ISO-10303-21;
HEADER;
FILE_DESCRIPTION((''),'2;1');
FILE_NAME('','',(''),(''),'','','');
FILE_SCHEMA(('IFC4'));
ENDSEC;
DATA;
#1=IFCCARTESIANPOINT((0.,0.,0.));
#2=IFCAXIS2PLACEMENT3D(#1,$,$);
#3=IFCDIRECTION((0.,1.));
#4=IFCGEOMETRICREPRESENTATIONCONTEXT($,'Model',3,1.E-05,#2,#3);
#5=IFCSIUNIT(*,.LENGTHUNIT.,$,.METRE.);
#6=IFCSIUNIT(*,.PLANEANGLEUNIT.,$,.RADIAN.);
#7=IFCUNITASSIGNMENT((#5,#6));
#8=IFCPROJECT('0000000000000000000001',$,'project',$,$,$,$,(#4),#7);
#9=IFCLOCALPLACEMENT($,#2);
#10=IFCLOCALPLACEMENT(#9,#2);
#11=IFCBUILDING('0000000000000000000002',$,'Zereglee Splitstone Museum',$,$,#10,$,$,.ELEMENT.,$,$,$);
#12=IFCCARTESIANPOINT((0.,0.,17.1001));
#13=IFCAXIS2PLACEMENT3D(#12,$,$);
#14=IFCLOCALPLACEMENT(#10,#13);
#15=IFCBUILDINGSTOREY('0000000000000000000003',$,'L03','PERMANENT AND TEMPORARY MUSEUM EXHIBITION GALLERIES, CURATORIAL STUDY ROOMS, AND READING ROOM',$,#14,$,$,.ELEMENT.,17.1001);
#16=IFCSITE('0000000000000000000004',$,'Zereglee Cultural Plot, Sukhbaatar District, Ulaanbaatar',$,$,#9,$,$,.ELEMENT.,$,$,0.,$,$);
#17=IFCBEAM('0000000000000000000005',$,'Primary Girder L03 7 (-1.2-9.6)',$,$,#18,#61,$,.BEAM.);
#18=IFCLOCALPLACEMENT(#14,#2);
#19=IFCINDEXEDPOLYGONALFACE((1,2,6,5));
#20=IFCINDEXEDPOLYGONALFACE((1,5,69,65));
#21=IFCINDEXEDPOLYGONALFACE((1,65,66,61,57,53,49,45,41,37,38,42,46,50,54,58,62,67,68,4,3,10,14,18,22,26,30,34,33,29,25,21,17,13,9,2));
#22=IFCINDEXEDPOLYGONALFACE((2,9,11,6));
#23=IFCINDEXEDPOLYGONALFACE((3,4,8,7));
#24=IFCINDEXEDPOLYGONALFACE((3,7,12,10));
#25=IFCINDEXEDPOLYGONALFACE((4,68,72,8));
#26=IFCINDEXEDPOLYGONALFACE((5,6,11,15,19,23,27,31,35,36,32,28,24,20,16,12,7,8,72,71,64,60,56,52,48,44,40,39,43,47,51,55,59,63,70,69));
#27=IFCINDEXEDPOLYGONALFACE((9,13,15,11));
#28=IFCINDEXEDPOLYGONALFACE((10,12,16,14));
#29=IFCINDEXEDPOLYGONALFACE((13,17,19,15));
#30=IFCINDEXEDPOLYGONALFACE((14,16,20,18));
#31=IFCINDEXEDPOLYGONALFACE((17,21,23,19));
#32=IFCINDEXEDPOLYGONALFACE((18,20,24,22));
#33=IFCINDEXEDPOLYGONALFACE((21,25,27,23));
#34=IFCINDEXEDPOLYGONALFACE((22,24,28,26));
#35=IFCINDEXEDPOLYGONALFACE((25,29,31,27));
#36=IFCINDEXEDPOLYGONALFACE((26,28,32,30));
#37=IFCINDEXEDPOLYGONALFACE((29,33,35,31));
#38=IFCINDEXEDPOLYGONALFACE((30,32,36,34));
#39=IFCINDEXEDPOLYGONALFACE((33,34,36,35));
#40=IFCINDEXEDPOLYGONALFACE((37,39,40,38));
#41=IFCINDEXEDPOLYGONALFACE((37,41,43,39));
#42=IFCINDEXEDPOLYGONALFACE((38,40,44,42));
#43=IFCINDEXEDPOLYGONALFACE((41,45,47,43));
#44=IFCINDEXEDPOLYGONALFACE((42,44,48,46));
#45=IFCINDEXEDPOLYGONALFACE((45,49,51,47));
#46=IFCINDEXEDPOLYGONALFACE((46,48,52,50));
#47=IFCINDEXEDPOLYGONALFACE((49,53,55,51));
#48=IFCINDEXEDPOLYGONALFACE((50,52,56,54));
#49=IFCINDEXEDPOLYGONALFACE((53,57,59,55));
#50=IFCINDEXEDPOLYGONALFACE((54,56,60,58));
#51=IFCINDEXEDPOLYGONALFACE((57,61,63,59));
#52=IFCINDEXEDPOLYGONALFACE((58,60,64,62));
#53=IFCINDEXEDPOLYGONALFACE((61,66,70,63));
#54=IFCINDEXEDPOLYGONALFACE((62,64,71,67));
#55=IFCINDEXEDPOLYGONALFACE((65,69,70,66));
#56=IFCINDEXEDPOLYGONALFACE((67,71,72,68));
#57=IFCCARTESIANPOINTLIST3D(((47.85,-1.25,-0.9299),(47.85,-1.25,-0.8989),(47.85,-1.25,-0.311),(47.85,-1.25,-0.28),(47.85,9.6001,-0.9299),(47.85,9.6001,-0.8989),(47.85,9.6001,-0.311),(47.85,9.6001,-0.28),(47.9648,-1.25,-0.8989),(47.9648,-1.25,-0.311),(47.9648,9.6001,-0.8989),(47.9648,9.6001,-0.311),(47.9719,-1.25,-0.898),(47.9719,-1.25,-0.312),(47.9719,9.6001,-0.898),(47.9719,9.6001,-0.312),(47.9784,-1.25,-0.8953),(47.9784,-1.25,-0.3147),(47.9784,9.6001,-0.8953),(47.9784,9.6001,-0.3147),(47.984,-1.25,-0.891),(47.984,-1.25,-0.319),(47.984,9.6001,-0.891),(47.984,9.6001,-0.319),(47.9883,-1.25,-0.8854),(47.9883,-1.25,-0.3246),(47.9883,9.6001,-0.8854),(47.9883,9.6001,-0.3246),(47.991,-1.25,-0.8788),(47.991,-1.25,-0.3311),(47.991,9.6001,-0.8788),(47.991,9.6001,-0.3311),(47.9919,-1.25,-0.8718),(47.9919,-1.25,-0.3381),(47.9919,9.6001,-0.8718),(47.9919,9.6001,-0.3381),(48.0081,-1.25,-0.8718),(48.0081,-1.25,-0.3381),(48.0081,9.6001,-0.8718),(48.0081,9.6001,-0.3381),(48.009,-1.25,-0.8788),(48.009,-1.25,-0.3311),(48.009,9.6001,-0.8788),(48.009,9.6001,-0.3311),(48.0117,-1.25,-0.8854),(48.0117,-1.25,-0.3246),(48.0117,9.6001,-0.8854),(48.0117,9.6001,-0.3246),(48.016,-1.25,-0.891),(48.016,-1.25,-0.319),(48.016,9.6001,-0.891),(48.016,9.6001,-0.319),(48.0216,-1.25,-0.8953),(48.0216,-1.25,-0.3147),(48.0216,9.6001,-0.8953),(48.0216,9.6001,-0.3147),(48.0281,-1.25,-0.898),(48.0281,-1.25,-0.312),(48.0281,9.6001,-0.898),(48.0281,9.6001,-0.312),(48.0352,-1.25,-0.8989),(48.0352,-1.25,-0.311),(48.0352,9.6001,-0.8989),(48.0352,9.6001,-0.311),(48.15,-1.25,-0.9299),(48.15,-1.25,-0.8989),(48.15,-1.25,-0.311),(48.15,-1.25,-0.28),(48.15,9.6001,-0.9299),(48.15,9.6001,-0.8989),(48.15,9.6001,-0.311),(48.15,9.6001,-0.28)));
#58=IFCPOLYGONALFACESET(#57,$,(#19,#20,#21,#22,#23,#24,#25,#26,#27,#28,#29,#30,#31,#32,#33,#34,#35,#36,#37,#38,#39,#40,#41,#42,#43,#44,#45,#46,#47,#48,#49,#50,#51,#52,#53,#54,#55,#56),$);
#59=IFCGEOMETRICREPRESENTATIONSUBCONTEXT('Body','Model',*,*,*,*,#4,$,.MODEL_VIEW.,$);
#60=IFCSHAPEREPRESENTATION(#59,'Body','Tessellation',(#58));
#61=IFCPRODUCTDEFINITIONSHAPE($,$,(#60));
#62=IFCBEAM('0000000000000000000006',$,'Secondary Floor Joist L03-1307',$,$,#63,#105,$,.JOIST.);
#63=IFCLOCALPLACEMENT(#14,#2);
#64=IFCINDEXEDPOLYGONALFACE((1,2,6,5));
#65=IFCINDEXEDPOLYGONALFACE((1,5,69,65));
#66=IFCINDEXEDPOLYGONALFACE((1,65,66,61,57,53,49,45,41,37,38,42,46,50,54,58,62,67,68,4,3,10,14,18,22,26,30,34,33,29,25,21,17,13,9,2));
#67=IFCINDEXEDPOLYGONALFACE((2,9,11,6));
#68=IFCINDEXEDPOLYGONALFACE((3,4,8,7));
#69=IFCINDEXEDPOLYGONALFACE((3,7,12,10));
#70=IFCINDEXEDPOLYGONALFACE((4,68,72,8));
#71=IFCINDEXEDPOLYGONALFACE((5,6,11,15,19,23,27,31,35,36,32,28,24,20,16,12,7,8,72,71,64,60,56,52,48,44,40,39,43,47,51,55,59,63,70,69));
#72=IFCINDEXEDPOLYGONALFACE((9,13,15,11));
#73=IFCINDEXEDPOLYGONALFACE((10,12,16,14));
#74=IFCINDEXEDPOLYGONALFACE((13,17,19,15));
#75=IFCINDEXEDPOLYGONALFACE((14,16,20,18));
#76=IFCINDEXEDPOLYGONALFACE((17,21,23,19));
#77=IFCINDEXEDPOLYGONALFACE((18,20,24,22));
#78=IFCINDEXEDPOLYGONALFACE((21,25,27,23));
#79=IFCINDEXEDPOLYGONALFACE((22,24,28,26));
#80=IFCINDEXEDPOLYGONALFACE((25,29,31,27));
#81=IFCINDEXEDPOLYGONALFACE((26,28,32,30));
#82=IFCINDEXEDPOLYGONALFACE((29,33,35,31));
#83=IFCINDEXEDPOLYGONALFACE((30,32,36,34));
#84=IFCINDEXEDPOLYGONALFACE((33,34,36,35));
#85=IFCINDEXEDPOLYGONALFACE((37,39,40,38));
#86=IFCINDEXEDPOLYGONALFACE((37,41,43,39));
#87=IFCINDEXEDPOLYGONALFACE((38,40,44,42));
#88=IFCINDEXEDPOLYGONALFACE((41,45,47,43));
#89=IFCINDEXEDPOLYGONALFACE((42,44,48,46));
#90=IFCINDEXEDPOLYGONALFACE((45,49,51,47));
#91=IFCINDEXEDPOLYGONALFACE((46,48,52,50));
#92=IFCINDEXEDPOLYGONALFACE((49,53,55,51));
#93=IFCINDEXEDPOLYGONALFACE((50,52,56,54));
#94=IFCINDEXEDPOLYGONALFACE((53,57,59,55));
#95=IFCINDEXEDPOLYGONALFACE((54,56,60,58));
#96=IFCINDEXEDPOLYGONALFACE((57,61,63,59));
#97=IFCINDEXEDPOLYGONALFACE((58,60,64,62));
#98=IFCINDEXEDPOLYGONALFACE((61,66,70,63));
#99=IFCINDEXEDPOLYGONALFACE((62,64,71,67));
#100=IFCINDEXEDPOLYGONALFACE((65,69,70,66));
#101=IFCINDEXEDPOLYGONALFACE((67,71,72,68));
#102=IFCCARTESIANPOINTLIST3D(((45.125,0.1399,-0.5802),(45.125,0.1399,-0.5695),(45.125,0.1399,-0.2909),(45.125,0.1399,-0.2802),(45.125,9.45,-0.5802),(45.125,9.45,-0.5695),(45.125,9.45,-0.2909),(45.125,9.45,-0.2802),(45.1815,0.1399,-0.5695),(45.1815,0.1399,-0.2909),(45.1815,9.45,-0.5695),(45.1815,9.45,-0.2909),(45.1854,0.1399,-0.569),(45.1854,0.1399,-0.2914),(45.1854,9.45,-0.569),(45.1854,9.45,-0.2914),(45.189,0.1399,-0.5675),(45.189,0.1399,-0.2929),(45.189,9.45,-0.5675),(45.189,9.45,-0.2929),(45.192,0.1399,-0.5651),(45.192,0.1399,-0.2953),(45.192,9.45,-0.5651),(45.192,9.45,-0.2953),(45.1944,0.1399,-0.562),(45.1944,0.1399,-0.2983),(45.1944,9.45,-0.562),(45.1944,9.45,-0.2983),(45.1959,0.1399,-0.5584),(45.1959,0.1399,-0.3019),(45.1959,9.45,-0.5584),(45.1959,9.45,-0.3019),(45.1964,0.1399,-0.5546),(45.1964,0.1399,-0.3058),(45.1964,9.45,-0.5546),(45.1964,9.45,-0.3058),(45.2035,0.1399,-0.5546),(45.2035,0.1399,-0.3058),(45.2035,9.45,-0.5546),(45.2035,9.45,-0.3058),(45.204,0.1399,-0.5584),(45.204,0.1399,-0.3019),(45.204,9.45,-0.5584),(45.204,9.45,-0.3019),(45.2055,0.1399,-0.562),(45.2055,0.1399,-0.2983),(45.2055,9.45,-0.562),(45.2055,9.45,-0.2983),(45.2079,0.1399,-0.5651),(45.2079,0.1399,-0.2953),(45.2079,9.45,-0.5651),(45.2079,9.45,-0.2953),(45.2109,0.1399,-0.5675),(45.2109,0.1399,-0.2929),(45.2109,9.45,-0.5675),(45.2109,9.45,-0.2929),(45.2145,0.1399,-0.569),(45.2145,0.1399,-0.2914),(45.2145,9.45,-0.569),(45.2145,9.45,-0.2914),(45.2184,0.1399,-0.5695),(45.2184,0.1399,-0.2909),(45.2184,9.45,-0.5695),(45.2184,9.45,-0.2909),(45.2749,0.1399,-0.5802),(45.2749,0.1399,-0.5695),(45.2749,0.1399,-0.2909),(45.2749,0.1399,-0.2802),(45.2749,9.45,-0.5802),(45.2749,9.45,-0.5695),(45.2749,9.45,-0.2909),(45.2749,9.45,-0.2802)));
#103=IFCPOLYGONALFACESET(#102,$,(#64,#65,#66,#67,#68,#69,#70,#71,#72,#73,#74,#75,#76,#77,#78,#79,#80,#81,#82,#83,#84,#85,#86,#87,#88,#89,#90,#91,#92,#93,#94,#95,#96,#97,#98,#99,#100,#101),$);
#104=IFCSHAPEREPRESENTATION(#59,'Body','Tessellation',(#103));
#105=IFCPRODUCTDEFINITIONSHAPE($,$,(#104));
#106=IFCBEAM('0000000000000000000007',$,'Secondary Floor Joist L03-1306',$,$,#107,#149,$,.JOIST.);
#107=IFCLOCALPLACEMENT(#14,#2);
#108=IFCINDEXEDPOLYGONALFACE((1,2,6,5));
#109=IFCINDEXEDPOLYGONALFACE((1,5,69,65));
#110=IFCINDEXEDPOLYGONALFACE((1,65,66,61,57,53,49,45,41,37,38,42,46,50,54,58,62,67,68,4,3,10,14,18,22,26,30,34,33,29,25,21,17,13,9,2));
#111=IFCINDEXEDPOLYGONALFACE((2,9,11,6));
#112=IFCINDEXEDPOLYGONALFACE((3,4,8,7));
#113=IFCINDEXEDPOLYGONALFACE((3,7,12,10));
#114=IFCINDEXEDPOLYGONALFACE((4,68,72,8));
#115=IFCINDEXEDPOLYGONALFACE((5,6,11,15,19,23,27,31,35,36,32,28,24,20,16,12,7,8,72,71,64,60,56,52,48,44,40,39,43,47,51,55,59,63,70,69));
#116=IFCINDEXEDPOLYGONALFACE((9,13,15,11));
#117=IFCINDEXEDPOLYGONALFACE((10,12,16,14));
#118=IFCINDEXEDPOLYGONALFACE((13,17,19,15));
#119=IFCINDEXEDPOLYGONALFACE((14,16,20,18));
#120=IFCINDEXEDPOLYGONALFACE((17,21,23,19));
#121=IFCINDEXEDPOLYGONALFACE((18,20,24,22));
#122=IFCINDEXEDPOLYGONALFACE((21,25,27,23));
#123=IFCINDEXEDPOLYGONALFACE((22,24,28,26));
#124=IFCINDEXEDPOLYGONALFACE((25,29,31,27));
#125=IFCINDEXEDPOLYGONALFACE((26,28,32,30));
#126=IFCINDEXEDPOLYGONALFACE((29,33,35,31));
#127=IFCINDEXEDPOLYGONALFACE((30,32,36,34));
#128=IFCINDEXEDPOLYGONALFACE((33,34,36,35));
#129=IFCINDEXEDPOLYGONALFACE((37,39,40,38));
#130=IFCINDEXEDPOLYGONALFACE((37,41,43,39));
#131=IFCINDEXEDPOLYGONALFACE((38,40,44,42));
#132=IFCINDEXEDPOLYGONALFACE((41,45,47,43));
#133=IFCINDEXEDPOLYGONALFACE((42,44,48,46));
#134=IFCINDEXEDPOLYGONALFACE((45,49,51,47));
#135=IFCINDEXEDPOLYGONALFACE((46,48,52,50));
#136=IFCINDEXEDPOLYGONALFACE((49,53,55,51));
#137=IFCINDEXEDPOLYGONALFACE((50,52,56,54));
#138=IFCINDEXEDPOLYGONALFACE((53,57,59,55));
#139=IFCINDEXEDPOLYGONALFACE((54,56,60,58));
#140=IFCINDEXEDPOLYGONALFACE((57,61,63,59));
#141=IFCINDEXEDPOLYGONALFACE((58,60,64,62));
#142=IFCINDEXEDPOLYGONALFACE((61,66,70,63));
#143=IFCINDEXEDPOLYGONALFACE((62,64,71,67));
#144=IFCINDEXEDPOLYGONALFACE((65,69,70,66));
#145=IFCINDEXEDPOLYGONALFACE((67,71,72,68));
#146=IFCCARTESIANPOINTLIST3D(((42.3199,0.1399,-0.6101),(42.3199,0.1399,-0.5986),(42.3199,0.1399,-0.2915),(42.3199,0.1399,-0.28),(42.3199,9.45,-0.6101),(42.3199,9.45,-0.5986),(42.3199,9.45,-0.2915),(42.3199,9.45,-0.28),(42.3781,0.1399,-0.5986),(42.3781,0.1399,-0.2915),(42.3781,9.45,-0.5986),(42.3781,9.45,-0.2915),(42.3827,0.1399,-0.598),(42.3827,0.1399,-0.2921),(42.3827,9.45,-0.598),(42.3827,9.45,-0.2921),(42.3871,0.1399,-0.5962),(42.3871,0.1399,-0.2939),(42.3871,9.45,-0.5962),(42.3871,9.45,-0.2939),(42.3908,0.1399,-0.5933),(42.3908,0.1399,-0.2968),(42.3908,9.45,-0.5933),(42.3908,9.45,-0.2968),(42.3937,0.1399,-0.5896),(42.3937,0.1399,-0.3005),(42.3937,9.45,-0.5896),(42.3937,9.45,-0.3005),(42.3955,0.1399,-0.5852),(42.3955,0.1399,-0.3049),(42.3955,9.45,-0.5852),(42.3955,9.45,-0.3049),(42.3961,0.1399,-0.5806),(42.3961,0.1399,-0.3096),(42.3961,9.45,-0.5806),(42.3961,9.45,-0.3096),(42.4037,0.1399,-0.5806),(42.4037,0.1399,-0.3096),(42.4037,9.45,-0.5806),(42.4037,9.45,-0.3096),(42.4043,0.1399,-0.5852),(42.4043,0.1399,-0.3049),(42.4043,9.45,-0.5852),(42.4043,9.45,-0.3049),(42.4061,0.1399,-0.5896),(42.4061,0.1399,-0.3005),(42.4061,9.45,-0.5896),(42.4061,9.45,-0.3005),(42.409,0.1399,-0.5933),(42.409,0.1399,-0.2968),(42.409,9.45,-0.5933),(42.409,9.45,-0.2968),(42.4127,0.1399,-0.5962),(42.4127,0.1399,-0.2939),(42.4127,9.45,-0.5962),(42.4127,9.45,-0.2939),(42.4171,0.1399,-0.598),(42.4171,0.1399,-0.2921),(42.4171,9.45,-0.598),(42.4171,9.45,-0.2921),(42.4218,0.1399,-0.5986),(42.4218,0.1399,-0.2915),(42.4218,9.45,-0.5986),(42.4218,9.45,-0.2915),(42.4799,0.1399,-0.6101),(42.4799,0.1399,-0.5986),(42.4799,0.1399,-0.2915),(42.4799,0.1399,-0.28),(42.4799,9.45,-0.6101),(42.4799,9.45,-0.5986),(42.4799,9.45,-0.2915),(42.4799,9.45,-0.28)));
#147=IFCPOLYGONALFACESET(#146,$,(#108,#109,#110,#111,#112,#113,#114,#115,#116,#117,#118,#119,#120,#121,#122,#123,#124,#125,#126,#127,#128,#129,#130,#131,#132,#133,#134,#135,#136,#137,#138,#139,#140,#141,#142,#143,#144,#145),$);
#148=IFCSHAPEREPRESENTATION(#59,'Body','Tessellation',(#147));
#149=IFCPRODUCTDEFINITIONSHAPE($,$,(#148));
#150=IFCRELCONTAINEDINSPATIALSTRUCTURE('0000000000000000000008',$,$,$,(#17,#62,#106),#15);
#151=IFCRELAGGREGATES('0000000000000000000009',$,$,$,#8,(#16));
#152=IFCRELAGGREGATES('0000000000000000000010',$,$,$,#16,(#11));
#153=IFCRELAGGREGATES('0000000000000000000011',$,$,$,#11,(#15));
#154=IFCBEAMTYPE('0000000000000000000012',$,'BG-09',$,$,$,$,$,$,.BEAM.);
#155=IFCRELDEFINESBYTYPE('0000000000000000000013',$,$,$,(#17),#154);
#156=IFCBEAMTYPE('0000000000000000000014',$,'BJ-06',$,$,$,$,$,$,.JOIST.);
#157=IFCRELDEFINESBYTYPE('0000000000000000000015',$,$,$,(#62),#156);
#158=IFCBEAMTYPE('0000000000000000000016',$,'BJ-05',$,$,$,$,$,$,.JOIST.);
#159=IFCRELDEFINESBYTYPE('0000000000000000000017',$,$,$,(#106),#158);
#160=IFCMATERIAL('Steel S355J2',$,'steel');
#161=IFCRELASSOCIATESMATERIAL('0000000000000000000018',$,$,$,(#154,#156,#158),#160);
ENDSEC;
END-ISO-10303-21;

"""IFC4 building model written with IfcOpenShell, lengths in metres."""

from ifc_helpers import new_model, si_unit, direction, frame, origin, origin_2d, place, context, subcontext, project, spatial, i_section, extrude, material, material_profile, profile_set, type_object, element, save


model = new_model("IFC4")

# Units and contexts
model_context = context("Model", 3, precision=1e-05, world=origin(), true_north=direction((0.0, 1.0)))
body_context = subcontext(model_context, "Body", "Model", "MODEL_VIEW")
ifc_project = project(units=[si_unit("LENGTHUNIT", "METRE"), si_unit("PLANEANGLEUNIT", "RADIAN")], contexts=[model_context])

# Site, building, storey
site_placement = place(None, origin())
site = spatial("IfcSite", under=ifc_project, at=site_placement, Name="Zereglee Cultural Plot, Sukhbaatar District, Ulaanbaatar", CompositionType="ELEMENT", RefElevation=0.0)
building_placement = place(site_placement, origin())
building = spatial("IfcBuilding", under=site, at=building_placement, Name="Zereglee Splitstone Museum", CompositionType="ELEMENT")
storey_placement = place(building_placement, frame((0.0, 0.0, 17.1001)))
storey = spatial("IfcBuildingStorey", under=building, at=storey_placement, Name="L03", Description="PERMANENT AND TEMPORARY MUSEUM EXHIBITION GALLERIES, CURATORIAL STUDY ROOMS, AND READING ROOM", CompositionType="ELEMENT", Elevation=17.1001)

# Shared definitions
ifc_material_1 = material(Name="Steel S355J2", Category="steel")

# Beams
ifc_material_profile_1 = material_profile(ifc_material_1, i_section(OverallWidth=0.3, OverallDepth=0.6499, WebThickness=0.0161, FlangeThickness=0.031, FilletRadius=0.0271, at=origin_2d()), Name="HE 650 B")
ifc_profile_set_1 = profile_set([ifc_material_profile_1], Name="Steel S355J2")
beam_type_1 = type_object("IfcBeamType", Name="BG-09", PredefinedType="BEAM", material=ifc_profile_set_1)
for number, where, z_axis, x_axis, name in (
    (1, (48.0, -1.25, -0.605), (0.0, 1.0, 0.0), (-1.0, 0.0, 0.0), "Primary Girder L03 7 (-1.2-9.6)"),
):
    element("IfcBeam", number, at=place(storey_placement, frame(where, z_axis=z_axis, x_axis=x_axis)), inside=storey, type_object=beam_type_1, Name=name, PredefinedType="BEAM", context=body_context, shape_type="SweptSolid", body=[
        extrude(i_section(OverallWidth=0.3, OverallDepth=0.6499, WebThickness=0.0161, FlangeThickness=0.031, FilletRadius=0.0271, at=origin_2d()), origin(), (0.0, 0.0, 1.0), 10.8501),
    ])
ifc_material_profile_2 = material_profile(ifc_material_1, i_section(OverallWidth=0.1499, OverallDepth=0.3, WebThickness=0.0071, FlangeThickness=0.0107, FilletRadius=0.0149, at=origin_2d()), Name="IPE 300")
ifc_profile_set_2 = profile_set([ifc_material_profile_2], Name="Steel S355J2")
beam_type_2 = type_object("IfcBeamType", Name="BJ-06", PredefinedType="JOIST", material=ifc_profile_set_2)
beam_1_placement = place(storey_placement, frame((45.2, 0.1399, -0.4302), z_axis=(0.0, 1.0, 0.0), x_axis=(-1.0, 0.0, 0.0)))
element("IfcBeam", 2, at=beam_1_placement, inside=storey, type_object=beam_type_2, Name="Secondary Floor Joist L03-1307", PredefinedType="JOIST", context=body_context, shape_type="SweptSolid", body=[
    extrude(i_section(OverallWidth=0.1499, OverallDepth=0.3, WebThickness=0.0071, FlangeThickness=0.0107, FilletRadius=0.0149, at=origin_2d()), origin(), (0.0, 0.0, 1.0), 9.3101),
])
ifc_material_profile_3 = material_profile(ifc_material_1, i_section(OverallWidth=0.1599, OverallDepth=0.3301, WebThickness=0.0076, FlangeThickness=0.0115, FilletRadius=0.0181, at=origin_2d()), Name="IPE 330")
ifc_profile_set_3 = profile_set([ifc_material_profile_3], Name="Steel S355J2")
beam_type_3 = type_object("IfcBeamType", Name="BJ-05", PredefinedType="JOIST", material=ifc_profile_set_3)
beam_2_placement = place(storey_placement, frame((42.3999, 0.1399, -0.4451), z_axis=(0.0, 1.0, 0.0), x_axis=(-1.0, 0.0, 0.0)))
element("IfcBeam", 3, at=beam_2_placement, inside=storey, type_object=beam_type_3, Name="Secondary Floor Joist L03-1306", PredefinedType="JOIST", context=body_context, shape_type="SweptSolid", body=[
    extrude(i_section(OverallWidth=0.1599, OverallDepth=0.3301, WebThickness=0.0076, FlangeThickness=0.0115, FilletRadius=0.0181, at=origin_2d()), origin(), (0.0, 0.0, 1.0), 9.3101),
])

save(model, "model.ifc")
